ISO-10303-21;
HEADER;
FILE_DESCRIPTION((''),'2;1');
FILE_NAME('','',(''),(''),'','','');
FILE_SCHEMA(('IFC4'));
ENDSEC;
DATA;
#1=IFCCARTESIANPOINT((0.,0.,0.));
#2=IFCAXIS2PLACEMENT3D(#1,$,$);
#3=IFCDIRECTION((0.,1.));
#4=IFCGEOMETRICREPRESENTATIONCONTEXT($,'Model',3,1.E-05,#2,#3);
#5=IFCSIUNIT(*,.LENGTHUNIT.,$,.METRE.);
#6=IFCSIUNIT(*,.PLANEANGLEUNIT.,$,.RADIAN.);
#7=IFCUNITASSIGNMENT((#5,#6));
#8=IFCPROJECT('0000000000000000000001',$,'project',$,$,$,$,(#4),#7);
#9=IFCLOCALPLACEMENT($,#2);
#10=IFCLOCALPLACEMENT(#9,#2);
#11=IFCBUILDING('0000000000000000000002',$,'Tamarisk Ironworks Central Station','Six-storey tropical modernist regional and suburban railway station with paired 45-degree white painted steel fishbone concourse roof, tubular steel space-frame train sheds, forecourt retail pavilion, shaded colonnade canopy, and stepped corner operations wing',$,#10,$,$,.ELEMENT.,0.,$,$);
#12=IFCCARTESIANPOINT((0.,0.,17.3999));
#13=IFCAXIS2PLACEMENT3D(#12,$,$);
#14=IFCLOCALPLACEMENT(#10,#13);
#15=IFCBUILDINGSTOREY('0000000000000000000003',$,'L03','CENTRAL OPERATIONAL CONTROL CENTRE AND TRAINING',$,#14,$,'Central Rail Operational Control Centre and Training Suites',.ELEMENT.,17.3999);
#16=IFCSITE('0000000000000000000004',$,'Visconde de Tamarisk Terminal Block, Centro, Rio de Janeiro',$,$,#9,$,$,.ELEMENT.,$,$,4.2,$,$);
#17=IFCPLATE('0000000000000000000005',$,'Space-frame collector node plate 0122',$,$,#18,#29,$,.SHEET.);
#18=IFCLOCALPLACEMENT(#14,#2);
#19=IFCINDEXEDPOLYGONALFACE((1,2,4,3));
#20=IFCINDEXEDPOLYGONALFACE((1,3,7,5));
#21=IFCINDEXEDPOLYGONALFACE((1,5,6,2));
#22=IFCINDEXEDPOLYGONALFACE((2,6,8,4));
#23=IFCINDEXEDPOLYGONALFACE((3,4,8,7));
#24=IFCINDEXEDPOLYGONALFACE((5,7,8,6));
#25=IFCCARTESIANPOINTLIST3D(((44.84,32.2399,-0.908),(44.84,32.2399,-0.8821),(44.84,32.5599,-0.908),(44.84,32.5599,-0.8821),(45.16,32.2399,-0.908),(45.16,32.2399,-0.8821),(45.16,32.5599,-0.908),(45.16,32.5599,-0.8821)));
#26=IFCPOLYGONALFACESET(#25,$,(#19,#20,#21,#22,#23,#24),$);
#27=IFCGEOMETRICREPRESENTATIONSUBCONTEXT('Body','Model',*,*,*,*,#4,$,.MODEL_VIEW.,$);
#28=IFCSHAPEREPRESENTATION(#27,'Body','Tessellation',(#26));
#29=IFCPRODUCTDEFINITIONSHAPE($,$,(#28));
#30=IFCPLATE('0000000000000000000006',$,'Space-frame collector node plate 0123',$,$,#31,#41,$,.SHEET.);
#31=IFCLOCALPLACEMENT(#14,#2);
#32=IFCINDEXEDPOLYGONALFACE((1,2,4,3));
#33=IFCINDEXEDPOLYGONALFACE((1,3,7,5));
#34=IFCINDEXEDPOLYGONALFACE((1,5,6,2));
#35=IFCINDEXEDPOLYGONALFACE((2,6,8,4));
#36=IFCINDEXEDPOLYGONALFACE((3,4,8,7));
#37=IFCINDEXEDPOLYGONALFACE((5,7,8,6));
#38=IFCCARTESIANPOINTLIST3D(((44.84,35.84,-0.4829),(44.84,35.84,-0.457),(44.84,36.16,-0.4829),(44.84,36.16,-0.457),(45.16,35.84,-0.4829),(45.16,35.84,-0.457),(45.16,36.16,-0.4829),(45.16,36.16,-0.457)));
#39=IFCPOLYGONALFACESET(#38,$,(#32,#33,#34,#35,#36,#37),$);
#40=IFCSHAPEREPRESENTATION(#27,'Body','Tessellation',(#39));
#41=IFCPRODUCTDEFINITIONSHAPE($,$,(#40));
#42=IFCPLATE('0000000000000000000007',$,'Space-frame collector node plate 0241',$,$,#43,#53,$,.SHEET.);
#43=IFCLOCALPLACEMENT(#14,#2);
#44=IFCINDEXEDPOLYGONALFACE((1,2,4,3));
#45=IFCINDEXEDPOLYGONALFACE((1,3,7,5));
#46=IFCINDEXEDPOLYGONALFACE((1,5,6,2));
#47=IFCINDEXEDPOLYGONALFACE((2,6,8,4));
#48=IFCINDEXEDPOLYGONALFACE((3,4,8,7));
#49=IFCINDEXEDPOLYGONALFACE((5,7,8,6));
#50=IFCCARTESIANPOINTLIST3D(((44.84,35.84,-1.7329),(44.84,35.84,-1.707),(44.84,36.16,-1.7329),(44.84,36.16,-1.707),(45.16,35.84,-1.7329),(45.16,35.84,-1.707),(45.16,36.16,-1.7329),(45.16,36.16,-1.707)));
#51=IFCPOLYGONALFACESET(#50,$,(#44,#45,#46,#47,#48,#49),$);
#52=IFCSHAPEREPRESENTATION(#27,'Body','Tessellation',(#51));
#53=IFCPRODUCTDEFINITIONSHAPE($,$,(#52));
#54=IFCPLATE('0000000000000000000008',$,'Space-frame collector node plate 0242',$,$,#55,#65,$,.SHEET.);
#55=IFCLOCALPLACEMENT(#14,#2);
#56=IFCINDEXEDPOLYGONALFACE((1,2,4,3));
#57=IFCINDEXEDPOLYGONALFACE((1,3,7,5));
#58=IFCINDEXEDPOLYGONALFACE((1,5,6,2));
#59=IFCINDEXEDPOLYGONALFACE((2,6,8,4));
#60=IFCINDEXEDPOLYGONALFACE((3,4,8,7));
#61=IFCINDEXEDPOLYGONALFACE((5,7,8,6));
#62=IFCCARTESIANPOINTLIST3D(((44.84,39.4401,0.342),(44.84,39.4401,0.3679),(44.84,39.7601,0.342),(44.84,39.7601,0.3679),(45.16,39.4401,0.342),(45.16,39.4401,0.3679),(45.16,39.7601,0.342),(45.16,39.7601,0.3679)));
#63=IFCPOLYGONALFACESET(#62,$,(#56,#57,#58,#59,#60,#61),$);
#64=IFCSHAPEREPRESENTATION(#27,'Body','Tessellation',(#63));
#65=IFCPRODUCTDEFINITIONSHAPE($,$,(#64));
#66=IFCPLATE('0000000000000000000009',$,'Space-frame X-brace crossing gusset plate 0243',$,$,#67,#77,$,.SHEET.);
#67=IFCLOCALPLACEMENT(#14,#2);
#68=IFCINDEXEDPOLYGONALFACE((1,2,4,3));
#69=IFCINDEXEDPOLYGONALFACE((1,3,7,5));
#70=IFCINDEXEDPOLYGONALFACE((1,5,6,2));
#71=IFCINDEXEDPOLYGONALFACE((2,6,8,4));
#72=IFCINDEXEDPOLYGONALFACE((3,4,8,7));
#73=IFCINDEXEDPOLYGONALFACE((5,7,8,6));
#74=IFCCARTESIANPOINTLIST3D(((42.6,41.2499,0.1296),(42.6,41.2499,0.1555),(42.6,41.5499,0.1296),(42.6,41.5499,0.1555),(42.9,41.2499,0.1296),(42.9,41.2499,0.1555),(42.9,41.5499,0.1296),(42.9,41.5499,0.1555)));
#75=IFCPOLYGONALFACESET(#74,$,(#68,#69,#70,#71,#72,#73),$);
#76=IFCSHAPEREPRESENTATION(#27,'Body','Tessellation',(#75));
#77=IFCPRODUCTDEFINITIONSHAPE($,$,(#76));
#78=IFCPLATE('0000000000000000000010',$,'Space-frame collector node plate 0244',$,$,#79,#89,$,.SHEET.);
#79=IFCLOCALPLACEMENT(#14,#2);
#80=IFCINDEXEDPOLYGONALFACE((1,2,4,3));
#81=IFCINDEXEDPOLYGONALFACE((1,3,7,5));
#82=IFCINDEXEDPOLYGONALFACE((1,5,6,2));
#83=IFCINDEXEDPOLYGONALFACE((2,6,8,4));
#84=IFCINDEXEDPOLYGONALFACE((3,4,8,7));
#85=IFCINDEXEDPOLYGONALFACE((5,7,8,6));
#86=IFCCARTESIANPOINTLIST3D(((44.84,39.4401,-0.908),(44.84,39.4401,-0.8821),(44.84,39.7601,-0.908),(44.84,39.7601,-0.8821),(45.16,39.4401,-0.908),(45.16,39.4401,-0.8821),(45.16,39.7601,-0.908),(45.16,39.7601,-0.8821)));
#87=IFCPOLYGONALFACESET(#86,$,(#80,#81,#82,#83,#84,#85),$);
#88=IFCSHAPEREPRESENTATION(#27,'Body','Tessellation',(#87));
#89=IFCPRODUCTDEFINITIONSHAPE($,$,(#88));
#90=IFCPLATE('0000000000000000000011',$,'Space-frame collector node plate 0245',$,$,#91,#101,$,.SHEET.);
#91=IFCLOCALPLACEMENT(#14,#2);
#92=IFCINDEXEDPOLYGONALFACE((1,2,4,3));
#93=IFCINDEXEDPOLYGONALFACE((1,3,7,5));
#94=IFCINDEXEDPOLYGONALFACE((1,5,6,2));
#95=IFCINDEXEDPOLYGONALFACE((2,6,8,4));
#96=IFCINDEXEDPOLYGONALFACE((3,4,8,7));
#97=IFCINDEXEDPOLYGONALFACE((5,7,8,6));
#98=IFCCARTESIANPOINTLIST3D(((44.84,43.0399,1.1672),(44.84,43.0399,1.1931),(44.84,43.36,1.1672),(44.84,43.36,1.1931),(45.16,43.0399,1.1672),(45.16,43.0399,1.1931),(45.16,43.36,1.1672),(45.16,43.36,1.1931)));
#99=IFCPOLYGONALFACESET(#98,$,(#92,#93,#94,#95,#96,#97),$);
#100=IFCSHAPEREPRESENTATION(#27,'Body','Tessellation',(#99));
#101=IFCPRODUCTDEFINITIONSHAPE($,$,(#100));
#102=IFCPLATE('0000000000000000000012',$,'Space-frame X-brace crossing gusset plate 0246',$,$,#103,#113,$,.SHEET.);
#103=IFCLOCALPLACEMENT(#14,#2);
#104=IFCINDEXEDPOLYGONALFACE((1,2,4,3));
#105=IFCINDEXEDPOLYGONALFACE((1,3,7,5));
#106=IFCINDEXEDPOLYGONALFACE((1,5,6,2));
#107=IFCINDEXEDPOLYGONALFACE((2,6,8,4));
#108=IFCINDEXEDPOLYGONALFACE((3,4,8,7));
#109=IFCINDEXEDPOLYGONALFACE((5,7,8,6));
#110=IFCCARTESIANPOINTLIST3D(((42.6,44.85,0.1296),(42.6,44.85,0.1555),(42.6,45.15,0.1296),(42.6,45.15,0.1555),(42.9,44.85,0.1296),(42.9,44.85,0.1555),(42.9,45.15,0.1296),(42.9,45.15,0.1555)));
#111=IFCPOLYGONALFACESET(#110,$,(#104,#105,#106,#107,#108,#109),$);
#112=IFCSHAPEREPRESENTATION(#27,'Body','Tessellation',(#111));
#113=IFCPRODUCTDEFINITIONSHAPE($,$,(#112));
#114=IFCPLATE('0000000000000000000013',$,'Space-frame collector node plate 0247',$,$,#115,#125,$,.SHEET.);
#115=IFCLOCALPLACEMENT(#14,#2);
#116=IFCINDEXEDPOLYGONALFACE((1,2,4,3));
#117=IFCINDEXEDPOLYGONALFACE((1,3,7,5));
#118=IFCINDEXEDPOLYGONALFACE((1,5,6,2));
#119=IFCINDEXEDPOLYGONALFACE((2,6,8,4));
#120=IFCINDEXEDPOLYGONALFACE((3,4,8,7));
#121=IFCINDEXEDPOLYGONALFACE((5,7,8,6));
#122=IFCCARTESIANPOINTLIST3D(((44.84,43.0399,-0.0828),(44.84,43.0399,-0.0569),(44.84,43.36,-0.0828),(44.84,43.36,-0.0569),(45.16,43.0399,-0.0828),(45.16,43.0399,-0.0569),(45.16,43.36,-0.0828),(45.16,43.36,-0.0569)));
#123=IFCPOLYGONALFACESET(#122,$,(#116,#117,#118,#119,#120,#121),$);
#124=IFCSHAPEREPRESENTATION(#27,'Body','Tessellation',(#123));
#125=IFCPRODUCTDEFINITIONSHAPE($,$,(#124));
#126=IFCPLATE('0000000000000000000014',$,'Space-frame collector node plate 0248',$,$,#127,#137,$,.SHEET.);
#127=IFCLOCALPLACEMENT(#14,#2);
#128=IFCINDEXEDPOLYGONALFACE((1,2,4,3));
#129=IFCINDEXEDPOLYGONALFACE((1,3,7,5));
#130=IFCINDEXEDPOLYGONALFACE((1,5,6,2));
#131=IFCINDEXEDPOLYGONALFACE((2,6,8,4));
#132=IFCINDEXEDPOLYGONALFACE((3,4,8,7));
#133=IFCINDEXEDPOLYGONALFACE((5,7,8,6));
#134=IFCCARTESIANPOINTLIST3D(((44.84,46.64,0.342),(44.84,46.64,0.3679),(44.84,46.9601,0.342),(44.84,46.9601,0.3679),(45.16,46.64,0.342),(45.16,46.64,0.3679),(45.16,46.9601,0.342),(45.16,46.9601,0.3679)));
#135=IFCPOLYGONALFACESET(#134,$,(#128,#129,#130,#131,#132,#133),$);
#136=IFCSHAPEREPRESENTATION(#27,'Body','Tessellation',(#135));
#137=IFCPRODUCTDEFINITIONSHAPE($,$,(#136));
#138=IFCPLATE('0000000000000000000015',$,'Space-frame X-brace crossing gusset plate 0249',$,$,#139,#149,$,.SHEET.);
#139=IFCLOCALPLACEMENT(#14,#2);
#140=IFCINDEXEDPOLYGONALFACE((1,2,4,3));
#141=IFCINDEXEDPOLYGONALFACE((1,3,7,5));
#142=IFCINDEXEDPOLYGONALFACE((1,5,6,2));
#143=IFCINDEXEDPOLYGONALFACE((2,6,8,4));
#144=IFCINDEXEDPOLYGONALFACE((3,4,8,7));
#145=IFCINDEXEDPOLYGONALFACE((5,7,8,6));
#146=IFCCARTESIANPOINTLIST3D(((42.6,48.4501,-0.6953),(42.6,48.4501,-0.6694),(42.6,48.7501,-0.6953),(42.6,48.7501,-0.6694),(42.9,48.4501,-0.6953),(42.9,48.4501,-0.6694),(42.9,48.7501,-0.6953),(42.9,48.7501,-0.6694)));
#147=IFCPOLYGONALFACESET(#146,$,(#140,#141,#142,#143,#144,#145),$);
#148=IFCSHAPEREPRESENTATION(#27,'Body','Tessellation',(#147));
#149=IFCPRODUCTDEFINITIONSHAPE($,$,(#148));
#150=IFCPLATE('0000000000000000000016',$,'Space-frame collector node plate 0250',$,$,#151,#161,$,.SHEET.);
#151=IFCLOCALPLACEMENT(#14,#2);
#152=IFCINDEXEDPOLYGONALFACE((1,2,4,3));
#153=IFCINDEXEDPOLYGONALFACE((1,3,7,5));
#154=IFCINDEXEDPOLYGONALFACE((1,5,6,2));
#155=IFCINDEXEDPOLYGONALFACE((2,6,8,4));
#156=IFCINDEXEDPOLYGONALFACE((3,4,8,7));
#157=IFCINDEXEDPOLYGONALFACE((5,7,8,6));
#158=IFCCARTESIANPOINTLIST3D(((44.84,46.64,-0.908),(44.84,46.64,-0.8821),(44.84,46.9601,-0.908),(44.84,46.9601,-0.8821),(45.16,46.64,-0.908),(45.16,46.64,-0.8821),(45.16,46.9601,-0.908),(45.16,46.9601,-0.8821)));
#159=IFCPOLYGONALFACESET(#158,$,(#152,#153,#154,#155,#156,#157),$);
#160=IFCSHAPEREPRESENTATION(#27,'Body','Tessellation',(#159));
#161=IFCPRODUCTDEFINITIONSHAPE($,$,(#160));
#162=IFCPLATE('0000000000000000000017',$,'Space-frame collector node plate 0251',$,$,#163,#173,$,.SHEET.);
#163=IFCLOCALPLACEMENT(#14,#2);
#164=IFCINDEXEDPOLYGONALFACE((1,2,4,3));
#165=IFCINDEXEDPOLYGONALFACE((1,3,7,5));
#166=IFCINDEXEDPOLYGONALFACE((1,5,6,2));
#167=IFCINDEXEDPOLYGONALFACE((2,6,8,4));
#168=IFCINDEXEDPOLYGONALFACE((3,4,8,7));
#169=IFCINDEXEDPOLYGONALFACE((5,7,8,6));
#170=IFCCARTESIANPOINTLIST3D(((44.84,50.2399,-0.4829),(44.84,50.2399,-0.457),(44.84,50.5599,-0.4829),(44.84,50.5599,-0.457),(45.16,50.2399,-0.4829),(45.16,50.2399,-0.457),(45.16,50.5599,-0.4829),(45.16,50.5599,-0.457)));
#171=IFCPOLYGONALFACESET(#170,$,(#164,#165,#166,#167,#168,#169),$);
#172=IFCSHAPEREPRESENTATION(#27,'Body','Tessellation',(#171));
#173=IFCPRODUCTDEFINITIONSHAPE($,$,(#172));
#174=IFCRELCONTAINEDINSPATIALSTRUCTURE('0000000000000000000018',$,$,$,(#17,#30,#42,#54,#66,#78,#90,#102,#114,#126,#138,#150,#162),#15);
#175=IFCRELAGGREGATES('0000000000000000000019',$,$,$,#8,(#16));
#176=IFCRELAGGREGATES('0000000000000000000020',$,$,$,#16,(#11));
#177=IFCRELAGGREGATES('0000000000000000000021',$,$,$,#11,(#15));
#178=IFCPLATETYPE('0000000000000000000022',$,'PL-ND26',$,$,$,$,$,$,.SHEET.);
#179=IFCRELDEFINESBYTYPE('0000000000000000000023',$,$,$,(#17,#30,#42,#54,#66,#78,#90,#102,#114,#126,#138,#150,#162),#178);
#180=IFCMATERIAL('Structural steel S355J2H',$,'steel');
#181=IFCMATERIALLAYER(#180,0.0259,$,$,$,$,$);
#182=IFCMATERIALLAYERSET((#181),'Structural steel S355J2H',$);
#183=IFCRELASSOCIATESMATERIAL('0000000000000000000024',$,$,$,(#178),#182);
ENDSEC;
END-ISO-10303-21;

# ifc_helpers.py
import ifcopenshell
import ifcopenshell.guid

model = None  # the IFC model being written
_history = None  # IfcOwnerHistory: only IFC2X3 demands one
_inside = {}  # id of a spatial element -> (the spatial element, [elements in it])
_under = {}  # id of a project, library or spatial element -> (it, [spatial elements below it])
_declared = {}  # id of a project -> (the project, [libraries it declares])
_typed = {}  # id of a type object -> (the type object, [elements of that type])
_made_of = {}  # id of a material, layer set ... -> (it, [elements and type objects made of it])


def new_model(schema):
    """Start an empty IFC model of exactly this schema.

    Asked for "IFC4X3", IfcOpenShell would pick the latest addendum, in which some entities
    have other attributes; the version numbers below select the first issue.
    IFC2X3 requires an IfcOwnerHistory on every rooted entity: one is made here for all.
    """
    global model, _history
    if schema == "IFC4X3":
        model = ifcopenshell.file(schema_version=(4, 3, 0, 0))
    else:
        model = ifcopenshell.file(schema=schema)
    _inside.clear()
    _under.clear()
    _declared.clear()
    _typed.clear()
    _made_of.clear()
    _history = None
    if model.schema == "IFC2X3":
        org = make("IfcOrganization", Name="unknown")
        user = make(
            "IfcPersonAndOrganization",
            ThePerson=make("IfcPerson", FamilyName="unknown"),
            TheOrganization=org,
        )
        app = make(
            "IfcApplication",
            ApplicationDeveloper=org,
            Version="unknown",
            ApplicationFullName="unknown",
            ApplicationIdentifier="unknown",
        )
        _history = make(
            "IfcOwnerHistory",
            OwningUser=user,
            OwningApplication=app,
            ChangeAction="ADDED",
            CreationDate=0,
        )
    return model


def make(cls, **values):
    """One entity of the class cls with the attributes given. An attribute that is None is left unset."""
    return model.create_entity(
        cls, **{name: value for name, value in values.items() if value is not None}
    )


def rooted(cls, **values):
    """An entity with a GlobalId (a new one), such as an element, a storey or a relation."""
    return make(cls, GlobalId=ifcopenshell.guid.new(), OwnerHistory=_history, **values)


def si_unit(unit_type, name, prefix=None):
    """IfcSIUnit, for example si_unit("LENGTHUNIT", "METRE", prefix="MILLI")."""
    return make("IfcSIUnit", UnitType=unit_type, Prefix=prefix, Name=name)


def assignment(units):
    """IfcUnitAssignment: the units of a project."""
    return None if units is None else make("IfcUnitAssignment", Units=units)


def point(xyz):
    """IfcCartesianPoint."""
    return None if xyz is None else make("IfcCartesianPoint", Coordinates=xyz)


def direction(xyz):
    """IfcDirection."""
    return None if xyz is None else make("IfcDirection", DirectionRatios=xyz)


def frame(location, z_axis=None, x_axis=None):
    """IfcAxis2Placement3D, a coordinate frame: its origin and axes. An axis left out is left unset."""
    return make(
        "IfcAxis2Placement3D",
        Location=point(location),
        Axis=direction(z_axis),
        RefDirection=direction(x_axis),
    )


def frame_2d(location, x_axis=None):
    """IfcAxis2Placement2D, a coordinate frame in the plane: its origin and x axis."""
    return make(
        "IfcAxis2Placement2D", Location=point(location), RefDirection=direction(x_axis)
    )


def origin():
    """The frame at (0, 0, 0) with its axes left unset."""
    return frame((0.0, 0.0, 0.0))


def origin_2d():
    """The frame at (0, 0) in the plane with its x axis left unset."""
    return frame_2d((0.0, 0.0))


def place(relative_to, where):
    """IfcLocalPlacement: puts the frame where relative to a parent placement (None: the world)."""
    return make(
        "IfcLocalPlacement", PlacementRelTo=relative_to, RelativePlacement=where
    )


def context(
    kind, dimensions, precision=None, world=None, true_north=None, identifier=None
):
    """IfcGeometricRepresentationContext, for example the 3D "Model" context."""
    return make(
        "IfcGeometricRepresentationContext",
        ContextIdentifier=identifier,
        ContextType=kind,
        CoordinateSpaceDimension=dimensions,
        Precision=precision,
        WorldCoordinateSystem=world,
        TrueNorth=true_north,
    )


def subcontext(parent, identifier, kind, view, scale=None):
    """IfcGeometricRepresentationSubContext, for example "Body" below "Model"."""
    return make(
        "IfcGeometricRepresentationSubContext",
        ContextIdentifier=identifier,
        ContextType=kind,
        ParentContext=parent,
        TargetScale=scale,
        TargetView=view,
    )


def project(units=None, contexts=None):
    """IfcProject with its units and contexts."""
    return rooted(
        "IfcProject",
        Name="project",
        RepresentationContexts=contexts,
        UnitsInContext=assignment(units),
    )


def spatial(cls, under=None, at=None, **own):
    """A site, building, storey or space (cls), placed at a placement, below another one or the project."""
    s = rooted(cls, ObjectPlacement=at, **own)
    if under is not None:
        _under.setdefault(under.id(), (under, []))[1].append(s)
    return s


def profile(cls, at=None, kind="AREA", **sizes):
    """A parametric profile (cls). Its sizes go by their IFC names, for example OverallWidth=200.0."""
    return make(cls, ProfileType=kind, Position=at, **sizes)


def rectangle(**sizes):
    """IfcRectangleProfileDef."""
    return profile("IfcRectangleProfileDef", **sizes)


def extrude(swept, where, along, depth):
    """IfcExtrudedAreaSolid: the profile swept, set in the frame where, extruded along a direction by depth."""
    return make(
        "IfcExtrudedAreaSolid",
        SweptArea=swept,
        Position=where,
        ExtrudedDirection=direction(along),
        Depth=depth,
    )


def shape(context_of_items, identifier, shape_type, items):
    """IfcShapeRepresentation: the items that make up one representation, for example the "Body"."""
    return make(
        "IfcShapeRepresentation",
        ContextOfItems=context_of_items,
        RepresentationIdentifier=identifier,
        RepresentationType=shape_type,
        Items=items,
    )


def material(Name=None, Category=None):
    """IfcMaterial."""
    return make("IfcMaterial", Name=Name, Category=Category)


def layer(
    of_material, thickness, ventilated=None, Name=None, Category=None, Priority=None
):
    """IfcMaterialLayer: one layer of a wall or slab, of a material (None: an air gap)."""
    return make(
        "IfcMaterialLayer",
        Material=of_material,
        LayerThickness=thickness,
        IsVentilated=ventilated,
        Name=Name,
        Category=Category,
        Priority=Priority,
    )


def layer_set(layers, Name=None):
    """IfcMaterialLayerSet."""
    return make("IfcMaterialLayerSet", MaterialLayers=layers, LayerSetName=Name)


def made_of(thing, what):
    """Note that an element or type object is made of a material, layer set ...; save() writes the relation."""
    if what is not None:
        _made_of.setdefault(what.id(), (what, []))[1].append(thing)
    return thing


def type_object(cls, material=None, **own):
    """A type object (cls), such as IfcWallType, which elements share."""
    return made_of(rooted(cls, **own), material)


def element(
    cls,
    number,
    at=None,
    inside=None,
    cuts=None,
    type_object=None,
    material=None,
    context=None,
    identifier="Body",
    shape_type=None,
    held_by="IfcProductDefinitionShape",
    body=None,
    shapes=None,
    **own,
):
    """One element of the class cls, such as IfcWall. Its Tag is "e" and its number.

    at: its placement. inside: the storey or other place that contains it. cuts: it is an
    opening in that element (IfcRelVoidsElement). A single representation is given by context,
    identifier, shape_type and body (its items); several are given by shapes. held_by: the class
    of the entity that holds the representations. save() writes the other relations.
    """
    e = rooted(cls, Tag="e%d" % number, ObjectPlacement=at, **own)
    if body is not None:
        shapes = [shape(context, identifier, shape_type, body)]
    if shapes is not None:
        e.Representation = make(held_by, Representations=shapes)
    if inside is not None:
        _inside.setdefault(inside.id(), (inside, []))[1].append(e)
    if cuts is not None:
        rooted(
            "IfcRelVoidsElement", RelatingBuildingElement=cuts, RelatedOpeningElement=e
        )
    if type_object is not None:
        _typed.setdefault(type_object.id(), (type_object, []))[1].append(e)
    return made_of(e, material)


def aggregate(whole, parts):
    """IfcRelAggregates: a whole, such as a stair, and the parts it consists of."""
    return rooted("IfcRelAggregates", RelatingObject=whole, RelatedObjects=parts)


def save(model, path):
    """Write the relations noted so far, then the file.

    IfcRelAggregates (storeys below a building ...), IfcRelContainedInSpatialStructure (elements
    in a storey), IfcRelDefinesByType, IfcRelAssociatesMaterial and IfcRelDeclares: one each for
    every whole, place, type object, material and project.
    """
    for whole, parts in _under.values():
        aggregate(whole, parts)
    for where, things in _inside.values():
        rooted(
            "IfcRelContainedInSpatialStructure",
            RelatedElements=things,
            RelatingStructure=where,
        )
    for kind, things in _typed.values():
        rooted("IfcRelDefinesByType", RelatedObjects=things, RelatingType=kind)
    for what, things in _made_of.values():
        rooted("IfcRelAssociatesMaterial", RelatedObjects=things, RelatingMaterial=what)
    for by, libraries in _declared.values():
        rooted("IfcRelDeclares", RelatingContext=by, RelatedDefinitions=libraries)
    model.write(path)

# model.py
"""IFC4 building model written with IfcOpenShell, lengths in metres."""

from ifc_helpers import new_model, si_unit, direction, frame, origin, origin_2d, place, context, subcontext, project, spatial, rectangle, extrude, material, layer, layer_set, type_object, element, save


model = new_model("IFC4")

# Units and contexts
model_context = context("Model", 3, precision=1e-05, world=origin(), true_north=direction((0.0, 1.0)))
body_context = subcontext(model_context, "Body", "Model", "MODEL_VIEW")
ifc_project = project(units=[si_unit("LENGTHUNIT", "METRE"), si_unit("PLANEANGLEUNIT", "RADIAN")], contexts=[model_context])

# Site, building, storey
site_placement = place(None, origin())
site = spatial("IfcSite", under=ifc_project, at=site_placement, Name="Visconde de Tamarisk Terminal Block, Centro, Rio de Janeiro", CompositionType="ELEMENT", RefElevation=4.2)
building_placement = place(site_placement, origin())
building = spatial("IfcBuilding", under=site, at=building_placement, Name="Tamarisk Ironworks Central Station", Description="Six-storey tropical modernist regional and suburban railway station with paired 45-degree white painted steel fishbone concourse roof, tubular steel space-frame train sheds, forecourt retail pavilion, shaded colonnade canopy, and stepped corner operations wing", CompositionType="ELEMENT", ElevationOfRefHeight=0.0)
storey_placement = place(building_placement, frame((0.0, 0.0, 17.3999)))
storey = spatial("IfcBuildingStorey", under=building, at=storey_placement, Name="L03", Description="CENTRAL OPERATIONAL CONTROL CENTRE AND TRAINING", LongName="Central Rail Operational Control Centre and Training Suites", CompositionType="ELEMENT", Elevation=17.3999)

# Shared definitions
ifc_material_1 = material(Name="Structural steel S355J2H", Category="steel")

# Plates
ifc_layer = layer(ifc_material_1, 0.0259)
ifc_layer_set = layer_set([ifc_layer], Name="Structural steel S355J2H")
plate_type = type_object("IfcPlateType", Name="PL-ND26", PredefinedType="SHEET", material=ifc_layer_set)
for number, where, z_axis, x_axis, name in (
    (1, (45.0, 32.3999, -0.908), (0.0, 0.0, 1.0), (1.0, 0.0, 0.0), "Space-frame collector node plate 0122"),
    (2, (45.0, 36.0, -0.4829), (0.0, 0.0, 1.0), (1.0, 0.0, 0.0), "Space-frame collector node plate 0123"),
    (3, (45.0, 36.0, -1.7329), (0.0, 0.0, 1.0), (1.0, 0.0, 0.0), "Space-frame collector node plate 0241"),
    (4, (45.0, 39.6001, 0.342), (0.0, 0.0, 1.0), (1.0, 0.0, 0.0), "Space-frame collector node plate 0242"),
):
    element("IfcPlate", number, at=place(storey_placement, frame(where, z_axis=z_axis, x_axis=x_axis)), inside=storey, type_object=plate_type, Name=name, PredefinedType="SHEET", context=body_context, shape_type="SweptSolid", body=[
        extrude(rectangle(XDim=0.3201, YDim=0.3201, at=origin_2d()), origin(), (0.0, 0.0, 1.0), 0.0259),
    ])
plate_1_placement = place(storey_placement, frame((42.75, 41.3999, 0.1296), z_axis=(0.0, 0.0, 1.0), x_axis=(1.0, 0.0, 0.0)))
element("IfcPlate", 5, at=plate_1_placement, inside=storey, type_object=plate_type, Name="Space-frame X-brace crossing gusset plate 0243", PredefinedType="SHEET", context=body_context, shape_type="SweptSolid", body=[
    extrude(rectangle(XDim=0.3, YDim=0.3, at=origin_2d()), origin(), (0.0, 0.0, 1.0), 0.0259),
])
for number, where, z_axis, x_axis, name in (
    (6, (45.0, 39.6001, -0.908), (0.0, 0.0, 1.0), (1.0, 0.0, 0.0), "Space-frame collector node plate 0244"),
    (7, (45.0, 43.2, 1.1672), (0.0, 0.0, 1.0), (1.0, 0.0, 0.0), "Space-frame collector node plate 0245"),
):
    element("IfcPlate", number, at=place(storey_placement, frame(where, z_axis=z_axis, x_axis=x_axis)), inside=storey, type_object=plate_type, Name=name, PredefinedType="SHEET", context=body_context, shape_type="SweptSolid", body=[
        extrude(rectangle(XDim=0.3201, YDim=0.3201, at=origin_2d()), origin(), (0.0, 0.0, 1.0), 0.0259),
    ])
plate_2_placement = place(storey_placement, frame((42.75, 45.0, 0.1296), z_axis=(0.0, 0.0, 1.0), x_axis=(1.0, 0.0, 0.0)))
element("IfcPlate", 8, at=plate_2_placement, inside=storey, type_object=plate_type, Name="Space-frame X-brace crossing gusset plate 0246", PredefinedType="SHEET", context=body_context, shape_type="SweptSolid", body=[
    extrude(rectangle(XDim=0.3, YDim=0.3, at=origin_2d()), origin(), (0.0, 0.0, 1.0), 0.0259),
])
for number, where, z_axis, x_axis, name in (
    (9, (45.0, 43.2, -0.0828), (0.0, 0.0, 1.0), (1.0, 0.0, 0.0), "Space-frame collector node plate 0247"),
    (10, (45.0, 46.8, 0.342), (0.0, 0.0, 1.0), (1.0, 0.0, 0.0), "Space-frame collector node plate 0248"),
):
    element("IfcPlate", number, at=place(storey_placement, frame(where, z_axis=z_axis, x_axis=x_axis)), inside=storey, type_object=plate_type, Name=name, PredefinedType="SHEET", context=body_context, shape_type="SweptSolid", body=[
        extrude(rectangle(XDim=0.3201, YDim=0.3201, at=origin_2d()), origin(), (0.0, 0.0, 1.0), 0.0259),
    ])
plate_3_placement = place(storey_placement, frame((42.75, 48.6001, -0.6953), z_axis=(0.0, 0.0, 1.0), x_axis=(1.0, 0.0, 0.0)))
element("IfcPlate", 11, at=plate_3_placement, inside=storey, type_object=plate_type, Name="Space-frame X-brace crossing gusset plate 0249", PredefinedType="SHEET", context=body_context, shape_type="SweptSolid", body=[
    extrude(rectangle(XDim=0.3, YDim=0.3, at=origin_2d()), origin(), (0.0, 0.0, 1.0), 0.0259),
])
for number, where, z_axis, x_axis, name in (
    (12, (45.0, 46.8, -0.908), (0.0, 0.0, 1.0), (1.0, 0.0, 0.0), "Space-frame collector node plate 0250"),
    (13, (45.0, 50.3999, -0.4829), (0.0, 0.0, 1.0), (1.0, 0.0, 0.0), "Space-frame collector node plate 0251"),
):
    element("IfcPlate", number, at=place(storey_placement, frame(where, z_axis=z_axis, x_axis=x_axis)), inside=storey, type_object=plate_type, Name=name, PredefinedType="SHEET", context=body_context, shape_type="SweptSolid", body=[
        extrude(rectangle(XDim=0.3201, YDim=0.3201, at=origin_2d()), origin(), (0.0, 0.0, 1.0), 0.0259),
    ])

save(model, "model.ifc")
